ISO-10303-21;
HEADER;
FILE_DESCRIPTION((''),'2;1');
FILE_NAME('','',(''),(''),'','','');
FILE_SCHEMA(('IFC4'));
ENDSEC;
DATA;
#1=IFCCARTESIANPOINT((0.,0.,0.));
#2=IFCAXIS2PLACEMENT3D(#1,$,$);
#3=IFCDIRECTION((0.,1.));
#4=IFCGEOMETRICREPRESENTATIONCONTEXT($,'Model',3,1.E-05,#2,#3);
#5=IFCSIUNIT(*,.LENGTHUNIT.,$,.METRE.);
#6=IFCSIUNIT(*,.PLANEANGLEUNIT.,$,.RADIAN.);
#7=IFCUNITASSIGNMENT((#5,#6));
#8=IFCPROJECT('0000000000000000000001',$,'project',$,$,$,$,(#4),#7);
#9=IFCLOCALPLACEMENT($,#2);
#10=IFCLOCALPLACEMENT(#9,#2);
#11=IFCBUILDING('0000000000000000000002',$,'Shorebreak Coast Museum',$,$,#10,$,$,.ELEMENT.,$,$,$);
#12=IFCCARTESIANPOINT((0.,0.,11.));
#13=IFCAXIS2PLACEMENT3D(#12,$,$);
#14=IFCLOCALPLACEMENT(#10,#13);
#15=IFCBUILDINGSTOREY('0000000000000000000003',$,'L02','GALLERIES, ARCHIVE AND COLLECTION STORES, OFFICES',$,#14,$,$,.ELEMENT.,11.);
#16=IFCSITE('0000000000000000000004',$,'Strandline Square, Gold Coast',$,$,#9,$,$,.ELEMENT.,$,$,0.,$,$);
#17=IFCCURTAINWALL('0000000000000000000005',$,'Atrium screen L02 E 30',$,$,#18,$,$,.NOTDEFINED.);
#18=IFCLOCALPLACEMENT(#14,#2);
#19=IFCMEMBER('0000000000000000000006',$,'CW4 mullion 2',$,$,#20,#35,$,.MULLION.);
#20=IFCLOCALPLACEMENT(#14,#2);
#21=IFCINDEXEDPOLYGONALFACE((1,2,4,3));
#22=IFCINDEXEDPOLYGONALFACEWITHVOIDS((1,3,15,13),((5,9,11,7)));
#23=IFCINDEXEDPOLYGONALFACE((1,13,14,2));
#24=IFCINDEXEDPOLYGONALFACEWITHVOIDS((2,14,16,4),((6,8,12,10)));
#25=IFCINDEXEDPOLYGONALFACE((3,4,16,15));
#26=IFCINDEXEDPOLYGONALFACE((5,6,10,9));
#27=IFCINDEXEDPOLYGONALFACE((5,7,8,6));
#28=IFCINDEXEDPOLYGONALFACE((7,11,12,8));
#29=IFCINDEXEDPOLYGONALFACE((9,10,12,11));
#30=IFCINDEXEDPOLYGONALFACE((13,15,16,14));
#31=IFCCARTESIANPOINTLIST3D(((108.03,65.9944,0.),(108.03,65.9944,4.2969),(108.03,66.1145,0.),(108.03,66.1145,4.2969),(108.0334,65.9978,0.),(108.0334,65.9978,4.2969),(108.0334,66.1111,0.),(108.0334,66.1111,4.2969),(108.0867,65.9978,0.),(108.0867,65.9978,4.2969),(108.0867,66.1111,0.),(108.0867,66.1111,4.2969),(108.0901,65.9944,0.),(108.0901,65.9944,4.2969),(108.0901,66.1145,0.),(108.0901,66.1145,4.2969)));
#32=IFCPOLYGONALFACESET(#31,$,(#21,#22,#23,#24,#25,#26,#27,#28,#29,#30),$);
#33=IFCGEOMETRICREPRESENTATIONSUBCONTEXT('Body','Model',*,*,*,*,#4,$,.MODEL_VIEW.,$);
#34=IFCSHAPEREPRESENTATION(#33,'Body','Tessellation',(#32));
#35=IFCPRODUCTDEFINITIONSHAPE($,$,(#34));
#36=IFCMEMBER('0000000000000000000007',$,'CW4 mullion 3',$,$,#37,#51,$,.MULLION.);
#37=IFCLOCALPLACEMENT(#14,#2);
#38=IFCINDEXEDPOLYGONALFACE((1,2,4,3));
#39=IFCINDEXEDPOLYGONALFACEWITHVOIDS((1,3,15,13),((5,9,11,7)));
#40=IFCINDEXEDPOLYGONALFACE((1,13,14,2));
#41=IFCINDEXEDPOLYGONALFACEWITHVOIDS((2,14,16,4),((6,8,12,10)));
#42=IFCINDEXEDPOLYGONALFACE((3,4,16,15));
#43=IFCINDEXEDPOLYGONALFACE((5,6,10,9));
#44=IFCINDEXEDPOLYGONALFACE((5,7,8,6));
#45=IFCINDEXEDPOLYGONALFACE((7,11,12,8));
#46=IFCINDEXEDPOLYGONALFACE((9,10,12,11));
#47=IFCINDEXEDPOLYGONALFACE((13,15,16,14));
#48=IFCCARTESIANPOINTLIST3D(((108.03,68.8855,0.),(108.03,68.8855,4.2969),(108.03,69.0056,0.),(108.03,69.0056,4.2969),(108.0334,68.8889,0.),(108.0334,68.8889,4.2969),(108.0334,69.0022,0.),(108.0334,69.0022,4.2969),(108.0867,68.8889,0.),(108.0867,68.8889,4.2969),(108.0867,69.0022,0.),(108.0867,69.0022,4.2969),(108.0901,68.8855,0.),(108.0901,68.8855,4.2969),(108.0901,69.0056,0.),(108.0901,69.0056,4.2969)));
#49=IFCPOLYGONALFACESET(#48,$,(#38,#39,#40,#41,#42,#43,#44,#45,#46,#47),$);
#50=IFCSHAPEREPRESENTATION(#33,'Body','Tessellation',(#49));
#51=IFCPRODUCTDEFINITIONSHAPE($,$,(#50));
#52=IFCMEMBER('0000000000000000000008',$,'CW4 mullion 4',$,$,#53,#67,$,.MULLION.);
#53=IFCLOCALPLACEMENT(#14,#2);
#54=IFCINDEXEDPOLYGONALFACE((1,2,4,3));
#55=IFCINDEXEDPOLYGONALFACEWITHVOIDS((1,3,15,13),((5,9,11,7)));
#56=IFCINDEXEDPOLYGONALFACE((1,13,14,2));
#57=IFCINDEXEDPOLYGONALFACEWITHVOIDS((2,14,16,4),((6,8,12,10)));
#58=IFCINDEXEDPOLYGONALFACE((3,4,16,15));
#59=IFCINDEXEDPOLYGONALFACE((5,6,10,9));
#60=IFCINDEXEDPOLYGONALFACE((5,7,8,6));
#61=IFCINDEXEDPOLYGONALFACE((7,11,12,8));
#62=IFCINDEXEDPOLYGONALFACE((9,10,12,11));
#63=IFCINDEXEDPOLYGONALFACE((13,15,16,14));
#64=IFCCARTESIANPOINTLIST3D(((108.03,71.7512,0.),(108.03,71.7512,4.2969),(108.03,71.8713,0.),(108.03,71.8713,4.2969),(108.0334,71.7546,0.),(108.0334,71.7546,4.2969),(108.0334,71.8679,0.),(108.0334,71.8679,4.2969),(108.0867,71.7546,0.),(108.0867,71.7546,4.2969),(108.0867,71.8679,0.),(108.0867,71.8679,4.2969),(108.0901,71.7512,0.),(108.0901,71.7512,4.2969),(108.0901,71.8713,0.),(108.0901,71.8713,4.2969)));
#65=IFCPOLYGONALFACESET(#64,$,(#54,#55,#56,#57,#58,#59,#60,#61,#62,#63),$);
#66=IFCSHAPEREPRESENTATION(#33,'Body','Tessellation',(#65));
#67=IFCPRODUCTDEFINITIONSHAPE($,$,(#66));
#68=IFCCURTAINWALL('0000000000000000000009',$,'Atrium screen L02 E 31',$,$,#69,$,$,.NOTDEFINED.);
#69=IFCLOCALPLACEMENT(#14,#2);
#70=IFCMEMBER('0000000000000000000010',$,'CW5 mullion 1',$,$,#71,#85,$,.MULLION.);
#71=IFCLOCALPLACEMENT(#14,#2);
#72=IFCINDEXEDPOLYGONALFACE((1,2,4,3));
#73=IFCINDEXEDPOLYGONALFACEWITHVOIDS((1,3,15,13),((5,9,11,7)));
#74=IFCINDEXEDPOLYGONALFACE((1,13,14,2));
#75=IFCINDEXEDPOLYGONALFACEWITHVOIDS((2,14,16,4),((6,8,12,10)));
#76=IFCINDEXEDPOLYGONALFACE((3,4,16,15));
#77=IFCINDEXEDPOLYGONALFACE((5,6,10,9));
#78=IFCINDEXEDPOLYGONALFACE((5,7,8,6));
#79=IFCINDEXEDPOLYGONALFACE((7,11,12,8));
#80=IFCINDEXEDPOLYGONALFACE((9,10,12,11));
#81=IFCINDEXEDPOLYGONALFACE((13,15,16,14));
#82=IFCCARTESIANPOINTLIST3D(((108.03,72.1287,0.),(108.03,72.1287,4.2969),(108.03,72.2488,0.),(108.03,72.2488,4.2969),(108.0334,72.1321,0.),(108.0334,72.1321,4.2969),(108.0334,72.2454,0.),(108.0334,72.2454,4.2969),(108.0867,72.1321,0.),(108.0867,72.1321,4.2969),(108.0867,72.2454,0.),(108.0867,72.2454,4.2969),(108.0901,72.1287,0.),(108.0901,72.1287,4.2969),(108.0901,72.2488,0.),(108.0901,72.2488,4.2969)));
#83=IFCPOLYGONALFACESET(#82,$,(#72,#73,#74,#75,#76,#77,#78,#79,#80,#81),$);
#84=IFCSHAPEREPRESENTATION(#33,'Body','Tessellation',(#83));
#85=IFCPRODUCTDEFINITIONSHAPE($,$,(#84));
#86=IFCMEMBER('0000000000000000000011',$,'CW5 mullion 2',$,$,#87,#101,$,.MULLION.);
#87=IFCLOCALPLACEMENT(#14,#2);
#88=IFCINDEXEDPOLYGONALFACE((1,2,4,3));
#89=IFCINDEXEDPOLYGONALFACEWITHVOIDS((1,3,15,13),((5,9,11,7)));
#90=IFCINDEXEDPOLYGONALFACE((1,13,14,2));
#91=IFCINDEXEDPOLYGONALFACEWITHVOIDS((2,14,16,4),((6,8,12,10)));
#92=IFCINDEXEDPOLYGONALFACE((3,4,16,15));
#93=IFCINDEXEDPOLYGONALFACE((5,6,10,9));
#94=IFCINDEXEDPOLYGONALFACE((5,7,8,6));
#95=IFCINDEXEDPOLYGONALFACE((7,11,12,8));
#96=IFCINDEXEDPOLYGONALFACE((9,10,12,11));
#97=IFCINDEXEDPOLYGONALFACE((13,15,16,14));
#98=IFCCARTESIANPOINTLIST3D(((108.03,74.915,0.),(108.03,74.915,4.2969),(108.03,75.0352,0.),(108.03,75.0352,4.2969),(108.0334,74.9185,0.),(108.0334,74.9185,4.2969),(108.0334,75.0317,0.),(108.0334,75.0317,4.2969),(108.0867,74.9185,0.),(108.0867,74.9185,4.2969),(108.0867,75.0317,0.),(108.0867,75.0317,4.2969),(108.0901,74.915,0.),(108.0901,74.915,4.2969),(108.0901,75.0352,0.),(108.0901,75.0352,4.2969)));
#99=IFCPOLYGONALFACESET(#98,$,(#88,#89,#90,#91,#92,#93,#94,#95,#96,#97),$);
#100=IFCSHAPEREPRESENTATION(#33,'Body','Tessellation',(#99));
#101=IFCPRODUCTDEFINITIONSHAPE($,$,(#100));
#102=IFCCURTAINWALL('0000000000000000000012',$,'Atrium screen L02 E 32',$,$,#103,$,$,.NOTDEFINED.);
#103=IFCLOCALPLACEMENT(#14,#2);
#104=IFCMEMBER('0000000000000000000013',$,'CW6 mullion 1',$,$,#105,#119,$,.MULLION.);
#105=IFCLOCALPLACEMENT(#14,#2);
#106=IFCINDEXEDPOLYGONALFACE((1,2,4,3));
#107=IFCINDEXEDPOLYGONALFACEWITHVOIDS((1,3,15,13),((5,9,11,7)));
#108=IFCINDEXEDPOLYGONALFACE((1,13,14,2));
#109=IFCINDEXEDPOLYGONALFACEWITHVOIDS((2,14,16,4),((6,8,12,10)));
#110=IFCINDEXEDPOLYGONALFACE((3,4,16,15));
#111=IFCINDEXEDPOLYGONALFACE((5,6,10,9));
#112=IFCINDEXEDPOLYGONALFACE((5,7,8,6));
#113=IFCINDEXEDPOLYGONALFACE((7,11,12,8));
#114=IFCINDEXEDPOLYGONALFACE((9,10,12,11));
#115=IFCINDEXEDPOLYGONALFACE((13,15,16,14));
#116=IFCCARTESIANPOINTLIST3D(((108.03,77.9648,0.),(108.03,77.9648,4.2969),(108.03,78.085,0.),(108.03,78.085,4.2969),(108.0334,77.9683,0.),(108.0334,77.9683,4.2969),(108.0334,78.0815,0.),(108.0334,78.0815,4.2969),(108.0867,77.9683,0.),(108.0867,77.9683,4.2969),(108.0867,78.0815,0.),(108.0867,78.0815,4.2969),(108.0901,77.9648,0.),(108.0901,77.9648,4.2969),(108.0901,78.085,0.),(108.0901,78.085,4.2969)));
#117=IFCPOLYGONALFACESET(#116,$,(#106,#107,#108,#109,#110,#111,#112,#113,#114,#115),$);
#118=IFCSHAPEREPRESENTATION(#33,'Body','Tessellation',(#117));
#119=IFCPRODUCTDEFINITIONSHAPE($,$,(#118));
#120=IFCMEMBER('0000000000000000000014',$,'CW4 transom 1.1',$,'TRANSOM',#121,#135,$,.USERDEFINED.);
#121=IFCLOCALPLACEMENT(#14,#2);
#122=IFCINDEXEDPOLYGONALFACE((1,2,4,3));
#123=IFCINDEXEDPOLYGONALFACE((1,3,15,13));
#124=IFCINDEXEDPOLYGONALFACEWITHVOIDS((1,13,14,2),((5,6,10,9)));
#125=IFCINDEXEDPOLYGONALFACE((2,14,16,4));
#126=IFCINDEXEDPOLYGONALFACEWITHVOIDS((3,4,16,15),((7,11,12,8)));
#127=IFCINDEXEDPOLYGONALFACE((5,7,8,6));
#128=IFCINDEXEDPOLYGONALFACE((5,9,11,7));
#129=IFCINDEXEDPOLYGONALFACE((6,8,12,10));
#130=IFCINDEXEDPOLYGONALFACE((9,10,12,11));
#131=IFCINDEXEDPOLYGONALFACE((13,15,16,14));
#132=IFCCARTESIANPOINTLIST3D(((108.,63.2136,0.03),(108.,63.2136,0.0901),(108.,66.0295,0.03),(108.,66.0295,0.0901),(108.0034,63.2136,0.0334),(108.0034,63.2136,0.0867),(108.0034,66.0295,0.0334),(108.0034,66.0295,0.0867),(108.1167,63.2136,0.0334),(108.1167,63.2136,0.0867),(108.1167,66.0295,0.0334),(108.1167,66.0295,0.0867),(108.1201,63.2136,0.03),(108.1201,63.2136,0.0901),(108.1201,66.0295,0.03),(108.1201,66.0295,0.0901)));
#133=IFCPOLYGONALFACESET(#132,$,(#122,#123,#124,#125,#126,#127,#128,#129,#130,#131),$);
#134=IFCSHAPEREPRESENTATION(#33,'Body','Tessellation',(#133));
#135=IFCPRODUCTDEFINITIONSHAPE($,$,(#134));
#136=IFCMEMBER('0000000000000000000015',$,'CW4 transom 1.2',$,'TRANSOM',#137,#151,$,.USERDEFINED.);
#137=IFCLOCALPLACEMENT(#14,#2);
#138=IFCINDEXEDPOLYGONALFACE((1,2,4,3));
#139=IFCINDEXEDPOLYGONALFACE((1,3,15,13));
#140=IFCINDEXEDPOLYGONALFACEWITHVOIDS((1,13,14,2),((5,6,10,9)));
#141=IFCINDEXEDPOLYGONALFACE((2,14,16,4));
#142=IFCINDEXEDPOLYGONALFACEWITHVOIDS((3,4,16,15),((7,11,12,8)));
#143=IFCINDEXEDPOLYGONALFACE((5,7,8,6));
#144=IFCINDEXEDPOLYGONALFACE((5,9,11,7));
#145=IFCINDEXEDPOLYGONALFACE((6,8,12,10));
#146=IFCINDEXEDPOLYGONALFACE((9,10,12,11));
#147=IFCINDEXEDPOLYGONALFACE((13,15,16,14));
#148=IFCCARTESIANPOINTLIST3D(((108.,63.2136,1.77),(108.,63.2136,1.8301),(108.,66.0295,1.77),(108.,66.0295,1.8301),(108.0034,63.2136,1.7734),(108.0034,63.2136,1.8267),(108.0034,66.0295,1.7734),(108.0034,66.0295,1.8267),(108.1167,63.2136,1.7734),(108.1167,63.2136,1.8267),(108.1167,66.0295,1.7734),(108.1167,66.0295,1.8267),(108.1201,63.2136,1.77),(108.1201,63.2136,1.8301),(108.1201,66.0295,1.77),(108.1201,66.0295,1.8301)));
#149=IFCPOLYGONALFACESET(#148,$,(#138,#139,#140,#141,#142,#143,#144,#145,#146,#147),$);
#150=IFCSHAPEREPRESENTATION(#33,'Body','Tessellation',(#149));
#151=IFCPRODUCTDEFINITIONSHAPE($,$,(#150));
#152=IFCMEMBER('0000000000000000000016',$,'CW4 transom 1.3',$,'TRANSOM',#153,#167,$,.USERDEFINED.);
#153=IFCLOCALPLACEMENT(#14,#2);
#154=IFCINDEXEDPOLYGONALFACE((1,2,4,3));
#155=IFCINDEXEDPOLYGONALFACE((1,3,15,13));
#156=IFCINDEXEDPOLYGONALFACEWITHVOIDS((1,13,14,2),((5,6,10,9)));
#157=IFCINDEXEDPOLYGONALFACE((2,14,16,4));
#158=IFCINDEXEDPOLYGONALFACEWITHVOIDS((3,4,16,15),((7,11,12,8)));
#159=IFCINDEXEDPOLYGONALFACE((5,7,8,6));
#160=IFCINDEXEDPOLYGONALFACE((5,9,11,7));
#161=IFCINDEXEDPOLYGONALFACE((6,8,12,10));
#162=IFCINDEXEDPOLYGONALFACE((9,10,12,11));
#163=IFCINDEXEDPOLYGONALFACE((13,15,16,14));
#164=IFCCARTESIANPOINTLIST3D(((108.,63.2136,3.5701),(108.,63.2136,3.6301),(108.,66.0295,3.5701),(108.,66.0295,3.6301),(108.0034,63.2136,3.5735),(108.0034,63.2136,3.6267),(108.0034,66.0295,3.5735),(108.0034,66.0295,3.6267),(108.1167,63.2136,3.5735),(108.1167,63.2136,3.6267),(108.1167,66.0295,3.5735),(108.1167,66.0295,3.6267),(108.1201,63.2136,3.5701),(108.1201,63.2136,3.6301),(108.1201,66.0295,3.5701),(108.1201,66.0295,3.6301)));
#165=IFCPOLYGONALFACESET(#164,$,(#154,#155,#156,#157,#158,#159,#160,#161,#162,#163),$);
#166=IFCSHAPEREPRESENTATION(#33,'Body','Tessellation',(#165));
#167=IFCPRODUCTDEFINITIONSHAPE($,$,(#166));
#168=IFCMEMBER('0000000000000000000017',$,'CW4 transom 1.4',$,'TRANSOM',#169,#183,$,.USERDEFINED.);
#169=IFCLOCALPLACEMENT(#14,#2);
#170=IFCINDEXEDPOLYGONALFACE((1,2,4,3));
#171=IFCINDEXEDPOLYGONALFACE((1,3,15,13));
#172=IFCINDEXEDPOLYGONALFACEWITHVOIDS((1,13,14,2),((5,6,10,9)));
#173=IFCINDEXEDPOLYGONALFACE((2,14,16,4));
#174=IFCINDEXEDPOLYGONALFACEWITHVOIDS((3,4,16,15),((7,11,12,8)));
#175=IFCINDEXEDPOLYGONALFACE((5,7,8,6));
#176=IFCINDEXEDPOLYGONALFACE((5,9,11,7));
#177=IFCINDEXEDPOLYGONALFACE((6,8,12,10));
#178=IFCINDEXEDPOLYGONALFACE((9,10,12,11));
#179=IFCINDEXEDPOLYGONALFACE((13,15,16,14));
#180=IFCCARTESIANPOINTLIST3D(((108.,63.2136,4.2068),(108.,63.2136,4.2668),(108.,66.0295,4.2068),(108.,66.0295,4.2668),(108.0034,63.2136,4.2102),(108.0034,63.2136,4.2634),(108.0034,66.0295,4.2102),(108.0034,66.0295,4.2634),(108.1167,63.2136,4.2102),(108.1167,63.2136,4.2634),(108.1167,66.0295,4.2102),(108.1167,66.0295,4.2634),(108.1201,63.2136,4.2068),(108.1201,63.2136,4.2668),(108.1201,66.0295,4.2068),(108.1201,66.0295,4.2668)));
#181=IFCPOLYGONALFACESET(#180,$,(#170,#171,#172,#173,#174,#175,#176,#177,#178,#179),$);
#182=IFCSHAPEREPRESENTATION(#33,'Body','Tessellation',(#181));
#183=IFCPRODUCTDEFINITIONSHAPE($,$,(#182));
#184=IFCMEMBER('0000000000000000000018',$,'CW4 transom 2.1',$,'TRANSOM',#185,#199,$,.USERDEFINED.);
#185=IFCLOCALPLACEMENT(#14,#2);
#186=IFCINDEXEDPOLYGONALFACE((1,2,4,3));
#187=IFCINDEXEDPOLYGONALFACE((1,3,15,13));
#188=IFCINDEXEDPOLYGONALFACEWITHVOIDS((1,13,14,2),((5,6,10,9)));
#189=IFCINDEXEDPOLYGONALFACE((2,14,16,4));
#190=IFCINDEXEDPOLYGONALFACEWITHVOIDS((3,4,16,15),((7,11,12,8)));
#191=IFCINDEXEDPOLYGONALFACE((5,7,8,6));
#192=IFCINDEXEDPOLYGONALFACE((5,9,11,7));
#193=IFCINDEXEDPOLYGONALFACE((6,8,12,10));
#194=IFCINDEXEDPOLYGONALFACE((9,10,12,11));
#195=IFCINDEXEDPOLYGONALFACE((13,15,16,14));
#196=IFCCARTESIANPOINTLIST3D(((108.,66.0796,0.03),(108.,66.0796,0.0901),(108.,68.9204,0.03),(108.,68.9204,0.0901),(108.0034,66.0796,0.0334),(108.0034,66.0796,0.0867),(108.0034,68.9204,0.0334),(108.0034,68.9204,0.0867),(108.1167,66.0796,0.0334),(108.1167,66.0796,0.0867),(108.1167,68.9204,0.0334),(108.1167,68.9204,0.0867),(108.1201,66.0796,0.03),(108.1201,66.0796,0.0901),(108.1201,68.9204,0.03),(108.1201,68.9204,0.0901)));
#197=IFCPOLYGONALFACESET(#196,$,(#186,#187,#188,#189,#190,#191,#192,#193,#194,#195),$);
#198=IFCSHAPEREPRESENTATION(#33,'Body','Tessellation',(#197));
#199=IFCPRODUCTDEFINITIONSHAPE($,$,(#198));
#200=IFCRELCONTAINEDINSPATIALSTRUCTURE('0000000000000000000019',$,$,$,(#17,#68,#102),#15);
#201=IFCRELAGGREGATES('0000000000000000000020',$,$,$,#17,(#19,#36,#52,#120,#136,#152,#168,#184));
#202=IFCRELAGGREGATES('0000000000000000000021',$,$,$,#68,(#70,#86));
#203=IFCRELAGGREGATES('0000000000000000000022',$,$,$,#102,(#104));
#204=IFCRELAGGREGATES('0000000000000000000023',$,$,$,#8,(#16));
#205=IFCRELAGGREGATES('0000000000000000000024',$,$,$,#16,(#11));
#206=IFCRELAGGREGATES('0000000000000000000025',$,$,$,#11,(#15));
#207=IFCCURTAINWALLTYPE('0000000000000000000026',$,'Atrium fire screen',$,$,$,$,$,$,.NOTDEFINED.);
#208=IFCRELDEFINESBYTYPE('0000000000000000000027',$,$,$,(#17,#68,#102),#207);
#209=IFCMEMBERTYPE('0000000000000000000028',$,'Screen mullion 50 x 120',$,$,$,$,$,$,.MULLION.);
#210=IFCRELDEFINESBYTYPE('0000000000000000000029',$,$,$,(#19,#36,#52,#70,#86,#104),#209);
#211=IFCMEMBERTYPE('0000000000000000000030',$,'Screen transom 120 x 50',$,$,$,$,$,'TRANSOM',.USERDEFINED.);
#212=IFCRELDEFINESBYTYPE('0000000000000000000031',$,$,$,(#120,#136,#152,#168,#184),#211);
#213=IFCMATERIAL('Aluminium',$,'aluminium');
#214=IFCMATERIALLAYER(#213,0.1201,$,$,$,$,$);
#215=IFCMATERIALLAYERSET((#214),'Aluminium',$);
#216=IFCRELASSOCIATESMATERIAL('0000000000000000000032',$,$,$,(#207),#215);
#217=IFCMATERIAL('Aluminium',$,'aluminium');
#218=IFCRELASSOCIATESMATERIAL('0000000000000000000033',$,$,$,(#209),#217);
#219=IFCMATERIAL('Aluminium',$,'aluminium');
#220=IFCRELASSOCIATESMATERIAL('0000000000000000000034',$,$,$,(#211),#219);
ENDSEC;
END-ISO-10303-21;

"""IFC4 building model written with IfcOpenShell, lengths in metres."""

from ifc_helpers import new_model, si_unit, direction, frame, origin, origin_2d, place, context, subcontext, project, spatial, hollow_rectangle, extrude, material, layer, layer_set, material_profile, profile_set, type_object, element, aggregate, save


model = new_model("IFC4")

# Units and contexts
model_context = context("Model", 3, precision=1e-05, world=origin(), true_north=direction((0.0, 1.0)))
body_context = subcontext(model_context, "Body", "Model", "MODEL_VIEW")
ifc_project = project(units=[si_unit("LENGTHUNIT", "METRE"), si_unit("PLANEANGLEUNIT", "RADIAN")], contexts=[model_context])

# Site, building, storey
site_placement = place(None, origin())
site = spatial("IfcSite", under=ifc_project, at=site_placement, Name="Strandline Square, Gold Coast", CompositionType="ELEMENT", RefElevation=0.0)
building_placement = place(site_placement, origin())
building = spatial("IfcBuilding", under=site, at=building_placement, Name="Shorebreak Coast Museum", CompositionType="ELEMENT")
storey_placement = place(building_placement, frame((0.0, 0.0, 11.0)))
storey = spatial("IfcBuildingStorey", under=building, at=storey_placement, Name="L02", Description="GALLERIES, ARCHIVE AND COLLECTION STORES, OFFICES", CompositionType="ELEMENT", Elevation=11.0)

# Curtain walls, members
ifc_material_1 = material(Name="Aluminium", Category="aluminium")
ifc_layer_1 = layer(ifc_material_1, 0.1201)
ifc_layer_set_1 = layer_set([ifc_layer_1], Name="Aluminium")
curtain_wall_type = type_object("IfcCurtainWallType", Name="Atrium fire screen", PredefinedType="NOTDEFINED", material=ifc_layer_set_1)
curtain_wall_1_placement = place(storey_placement, origin())
curtain_wall_1 = element("IfcCurtainWall", 1, at=curtain_wall_1_placement, inside=storey, type_object=curtain_wall_type, Name="Atrium screen L02 E 30", PredefinedType="NOTDEFINED")
ifc_material_2 = material(Name="Aluminium", Category="aluminium")
ifc_material_profile_1 = material_profile(ifc_material_2, hollow_rectangle(XDim=0.0601, YDim=0.1201, WallThickness=0.0034, at=origin_2d()), Name="AL 120x60 RHS")
ifc_profile_set_1 = profile_set([ifc_material_profile_1], Name="Aluminium")
member_type_1 = type_object("IfcMemberType", Name="Screen mullion 50 x 120", PredefinedType="MULLION", material=ifc_profile_set_1)
member_1_placement = place(storey_placement, frame((108.0601, 66.0544, 0.0), z_axis=(0.0, 0.0, 1.0), x_axis=(-1.0, 0.0, 0.0)))
member_1 = element("IfcMember", 2, at=member_1_placement, type_object=member_type_1, Name="CW4 mullion 2", PredefinedType="MULLION", context=body_context, shape_type="SweptSolid", body=[
    extrude(hollow_rectangle(XDim=0.0601, YDim=0.1201, WallThickness=0.0034, at=origin_2d()), origin(), (0.0, 0.0, 1.0), 4.2969),
])
member_2_placement = place(storey_placement, frame((108.0601, 68.9456, 0.0), z_axis=(0.0, 0.0, 1.0), x_axis=(-1.0, 0.0, 0.0)))
member_2 = element("IfcMember", 3, at=member_2_placement, type_object=member_type_1, Name="CW4 mullion 3", PredefinedType="MULLION", context=body_context, shape_type="SweptSolid", body=[
    extrude(hollow_rectangle(XDim=0.0601, YDim=0.1201, WallThickness=0.0034, at=origin_2d()), origin(), (0.0, 0.0, 1.0), 4.2969),
])
member_3_placement = place(storey_placement, frame((108.0601, 71.8113, 0.0), z_axis=(0.0, 0.0, 1.0), x_axis=(-1.0, 0.0, 0.0)))
member_3 = element("IfcMember", 4, at=member_3_placement, type_object=member_type_1, Name="CW4 mullion 4", PredefinedType="MULLION", context=body_context, shape_type="SweptSolid", body=[
    extrude(hollow_rectangle(XDim=0.0601, YDim=0.1201, WallThickness=0.0034, at=origin_2d()), origin(), (0.0, 0.0, 1.0), 4.2969),
])
curtain_wall_2_placement = place(storey_placement, origin())
curtain_wall_2 = element("IfcCurtainWall", 5, at=curtain_wall_2_placement, inside=storey, type_object=curtain_wall_type, Name="Atrium screen L02 E 31", PredefinedType="NOTDEFINED")
member_4_placement = place(storey_placement, frame((108.0601, 72.1887, 0.0), z_axis=(0.0, 0.0, 1.0), x_axis=(-1.0, 0.0, 0.0)))
member_4 = element("IfcMember", 6, at=member_4_placement, type_object=member_type_1, Name="CW5 mullion 1", PredefinedType="MULLION", context=body_context, shape_type="SweptSolid", body=[
    extrude(hollow_rectangle(XDim=0.0601, YDim=0.1201, WallThickness=0.0034, at=origin_2d()), origin(), (0.0, 0.0, 1.0), 4.2969),
])
member_5_placement = place(storey_placement, frame((108.0601, 74.9751, 0.0), z_axis=(0.0, 0.0, 1.0), x_axis=(-1.0, 0.0, 0.0)))
member_5 = element("IfcMember", 7, at=member_5_placement, type_object=member_type_1, Name="CW5 mullion 2", PredefinedType="MULLION", context=body_context, shape_type="SweptSolid", body=[
    extrude(hollow_rectangle(XDim=0.0601, YDim=0.1201, WallThickness=0.0034, at=origin_2d()), origin(), (0.0, 0.0, 1.0), 4.2969),
])

# Curtain wall, member
curtain_wall_3_placement = place(storey_placement, origin())
curtain_wall_3 = element("IfcCurtainWall", 8, at=curtain_wall_3_placement, inside=storey, type_object=curtain_wall_type, Name="Atrium screen L02 E 32", PredefinedType="NOTDEFINED")
member_6_placement = place(storey_placement, frame((108.0601, 78.0249, 0.0), z_axis=(0.0, 0.0, 1.0), x_axis=(-1.0, 0.0, 0.0)))
member_6 = element("IfcMember", 9, at=member_6_placement, type_object=member_type_1, Name="CW6 mullion 1", PredefinedType="MULLION", context=body_context, shape_type="SweptSolid", body=[
    extrude(hollow_rectangle(XDim=0.0601, YDim=0.1201, WallThickness=0.0034, at=origin_2d()), origin(), (0.0, 0.0, 1.0), 4.2969),
])

# Members
ifc_material_3 = material(Name="Aluminium", Category="aluminium")
ifc_material_profile_2 = material_profile(ifc_material_3, hollow_rectangle(XDim=0.1201, YDim=0.0601, WallThickness=0.0034, at=origin_2d()), Name="AL 60x120 RHS")
ifc_profile_set_2 = profile_set([ifc_material_profile_2], Name="Aluminium")
member_type_2 = type_object("IfcMemberType", Name="Screen transom 120 x 50", ElementType="TRANSOM", PredefinedType="USERDEFINED", material=ifc_profile_set_2)
member_7_placement = place(storey_placement, frame((108.0601, 63.2136, 0.0601), z_axis=(0.0, 1.0, 0.0), x_axis=(-1.0, 0.0, 0.0)))
member_7 = element("IfcMember", 10, at=member_7_placement, type_object=member_type_2, Name="CW4 transom 1.1", ObjectType="TRANSOM", PredefinedType="USERDEFINED", context=body_context, shape_type="SweptSolid", body=[
    extrude(hollow_rectangle(XDim=0.1201, YDim=0.0601, WallThickness=0.0034, at=origin_2d()), origin(), (0.0, 0.0, 1.0), 2.8159),
])
member_8_placement = place(storey_placement, frame((108.0601, 63.2136, 1.8), z_axis=(0.0, 1.0, 0.0), x_axis=(-1.0, 0.0, 0.0)))
member_8 = element("IfcMember", 11, at=member_8_placement, type_object=member_type_2, Name="CW4 transom 1.2", ObjectType="TRANSOM", PredefinedType="USERDEFINED", context=body_context, shape_type="SweptSolid", body=[
    extrude(hollow_rectangle(XDim=0.1201, YDim=0.0601, WallThickness=0.0034, at=origin_2d()), origin(), (0.0, 0.0, 1.0), 2.8159),
])
member_9_placement = place(storey_placement, frame((108.0601, 63.2136, 3.6001), z_axis=(0.0, 1.0, 0.0), x_axis=(-1.0, 0.0, 0.0)))
member_9 = element("IfcMember", 12, at=member_9_placement, type_object=member_type_2, Name="CW4 transom 1.3", ObjectType="TRANSOM", PredefinedType="USERDEFINED", context=body_context, shape_type="SweptSolid", body=[
    extrude(hollow_rectangle(XDim=0.1201, YDim=0.0601, WallThickness=0.0034, at=origin_2d()), origin(), (0.0, 0.0, 1.0), 2.8159),
])
member_10_placement = place(storey_placement, frame((108.0601, 63.2136, 4.2368), z_axis=(0.0, 1.0, 0.0), x_axis=(-1.0, 0.0, 0.0)))
member_10 = element("IfcMember", 13, at=member_10_placement, type_object=member_type_2, Name="CW4 transom 1.4", ObjectType="TRANSOM", PredefinedType="USERDEFINED", context=body_context, shape_type="SweptSolid", body=[
    extrude(hollow_rectangle(XDim=0.1201, YDim=0.0601, WallThickness=0.0034, at=origin_2d()), origin(), (0.0, 0.0, 1.0), 2.8159),
])
member_11_placement = place(storey_placement, frame((108.0601, 66.0796, 0.0601), z_axis=(0.0, 1.0, 0.0), x_axis=(-1.0, 0.0, 0.0)))
member_11 = element("IfcMember", 14, at=member_11_placement, type_object=member_type_2, Name="CW4 transom 2.1", ObjectType="TRANSOM", PredefinedType="USERDEFINED", context=body_context, shape_type="SweptSolid", body=[
    extrude(hollow_rectangle(XDim=0.1201, YDim=0.0601, WallThickness=0.0034, at=origin_2d()), origin(), (0.0, 0.0, 1.0), 2.8408),
])

aggregate(curtain_wall_1, [member_1, member_2, member_3, member_7, member_8, member_9, member_10, member_11])
aggregate(curtain_wall_2, [member_4, member_5])
aggregate(curtain_wall_3, [member_6])

save(model, "model.ifc")
